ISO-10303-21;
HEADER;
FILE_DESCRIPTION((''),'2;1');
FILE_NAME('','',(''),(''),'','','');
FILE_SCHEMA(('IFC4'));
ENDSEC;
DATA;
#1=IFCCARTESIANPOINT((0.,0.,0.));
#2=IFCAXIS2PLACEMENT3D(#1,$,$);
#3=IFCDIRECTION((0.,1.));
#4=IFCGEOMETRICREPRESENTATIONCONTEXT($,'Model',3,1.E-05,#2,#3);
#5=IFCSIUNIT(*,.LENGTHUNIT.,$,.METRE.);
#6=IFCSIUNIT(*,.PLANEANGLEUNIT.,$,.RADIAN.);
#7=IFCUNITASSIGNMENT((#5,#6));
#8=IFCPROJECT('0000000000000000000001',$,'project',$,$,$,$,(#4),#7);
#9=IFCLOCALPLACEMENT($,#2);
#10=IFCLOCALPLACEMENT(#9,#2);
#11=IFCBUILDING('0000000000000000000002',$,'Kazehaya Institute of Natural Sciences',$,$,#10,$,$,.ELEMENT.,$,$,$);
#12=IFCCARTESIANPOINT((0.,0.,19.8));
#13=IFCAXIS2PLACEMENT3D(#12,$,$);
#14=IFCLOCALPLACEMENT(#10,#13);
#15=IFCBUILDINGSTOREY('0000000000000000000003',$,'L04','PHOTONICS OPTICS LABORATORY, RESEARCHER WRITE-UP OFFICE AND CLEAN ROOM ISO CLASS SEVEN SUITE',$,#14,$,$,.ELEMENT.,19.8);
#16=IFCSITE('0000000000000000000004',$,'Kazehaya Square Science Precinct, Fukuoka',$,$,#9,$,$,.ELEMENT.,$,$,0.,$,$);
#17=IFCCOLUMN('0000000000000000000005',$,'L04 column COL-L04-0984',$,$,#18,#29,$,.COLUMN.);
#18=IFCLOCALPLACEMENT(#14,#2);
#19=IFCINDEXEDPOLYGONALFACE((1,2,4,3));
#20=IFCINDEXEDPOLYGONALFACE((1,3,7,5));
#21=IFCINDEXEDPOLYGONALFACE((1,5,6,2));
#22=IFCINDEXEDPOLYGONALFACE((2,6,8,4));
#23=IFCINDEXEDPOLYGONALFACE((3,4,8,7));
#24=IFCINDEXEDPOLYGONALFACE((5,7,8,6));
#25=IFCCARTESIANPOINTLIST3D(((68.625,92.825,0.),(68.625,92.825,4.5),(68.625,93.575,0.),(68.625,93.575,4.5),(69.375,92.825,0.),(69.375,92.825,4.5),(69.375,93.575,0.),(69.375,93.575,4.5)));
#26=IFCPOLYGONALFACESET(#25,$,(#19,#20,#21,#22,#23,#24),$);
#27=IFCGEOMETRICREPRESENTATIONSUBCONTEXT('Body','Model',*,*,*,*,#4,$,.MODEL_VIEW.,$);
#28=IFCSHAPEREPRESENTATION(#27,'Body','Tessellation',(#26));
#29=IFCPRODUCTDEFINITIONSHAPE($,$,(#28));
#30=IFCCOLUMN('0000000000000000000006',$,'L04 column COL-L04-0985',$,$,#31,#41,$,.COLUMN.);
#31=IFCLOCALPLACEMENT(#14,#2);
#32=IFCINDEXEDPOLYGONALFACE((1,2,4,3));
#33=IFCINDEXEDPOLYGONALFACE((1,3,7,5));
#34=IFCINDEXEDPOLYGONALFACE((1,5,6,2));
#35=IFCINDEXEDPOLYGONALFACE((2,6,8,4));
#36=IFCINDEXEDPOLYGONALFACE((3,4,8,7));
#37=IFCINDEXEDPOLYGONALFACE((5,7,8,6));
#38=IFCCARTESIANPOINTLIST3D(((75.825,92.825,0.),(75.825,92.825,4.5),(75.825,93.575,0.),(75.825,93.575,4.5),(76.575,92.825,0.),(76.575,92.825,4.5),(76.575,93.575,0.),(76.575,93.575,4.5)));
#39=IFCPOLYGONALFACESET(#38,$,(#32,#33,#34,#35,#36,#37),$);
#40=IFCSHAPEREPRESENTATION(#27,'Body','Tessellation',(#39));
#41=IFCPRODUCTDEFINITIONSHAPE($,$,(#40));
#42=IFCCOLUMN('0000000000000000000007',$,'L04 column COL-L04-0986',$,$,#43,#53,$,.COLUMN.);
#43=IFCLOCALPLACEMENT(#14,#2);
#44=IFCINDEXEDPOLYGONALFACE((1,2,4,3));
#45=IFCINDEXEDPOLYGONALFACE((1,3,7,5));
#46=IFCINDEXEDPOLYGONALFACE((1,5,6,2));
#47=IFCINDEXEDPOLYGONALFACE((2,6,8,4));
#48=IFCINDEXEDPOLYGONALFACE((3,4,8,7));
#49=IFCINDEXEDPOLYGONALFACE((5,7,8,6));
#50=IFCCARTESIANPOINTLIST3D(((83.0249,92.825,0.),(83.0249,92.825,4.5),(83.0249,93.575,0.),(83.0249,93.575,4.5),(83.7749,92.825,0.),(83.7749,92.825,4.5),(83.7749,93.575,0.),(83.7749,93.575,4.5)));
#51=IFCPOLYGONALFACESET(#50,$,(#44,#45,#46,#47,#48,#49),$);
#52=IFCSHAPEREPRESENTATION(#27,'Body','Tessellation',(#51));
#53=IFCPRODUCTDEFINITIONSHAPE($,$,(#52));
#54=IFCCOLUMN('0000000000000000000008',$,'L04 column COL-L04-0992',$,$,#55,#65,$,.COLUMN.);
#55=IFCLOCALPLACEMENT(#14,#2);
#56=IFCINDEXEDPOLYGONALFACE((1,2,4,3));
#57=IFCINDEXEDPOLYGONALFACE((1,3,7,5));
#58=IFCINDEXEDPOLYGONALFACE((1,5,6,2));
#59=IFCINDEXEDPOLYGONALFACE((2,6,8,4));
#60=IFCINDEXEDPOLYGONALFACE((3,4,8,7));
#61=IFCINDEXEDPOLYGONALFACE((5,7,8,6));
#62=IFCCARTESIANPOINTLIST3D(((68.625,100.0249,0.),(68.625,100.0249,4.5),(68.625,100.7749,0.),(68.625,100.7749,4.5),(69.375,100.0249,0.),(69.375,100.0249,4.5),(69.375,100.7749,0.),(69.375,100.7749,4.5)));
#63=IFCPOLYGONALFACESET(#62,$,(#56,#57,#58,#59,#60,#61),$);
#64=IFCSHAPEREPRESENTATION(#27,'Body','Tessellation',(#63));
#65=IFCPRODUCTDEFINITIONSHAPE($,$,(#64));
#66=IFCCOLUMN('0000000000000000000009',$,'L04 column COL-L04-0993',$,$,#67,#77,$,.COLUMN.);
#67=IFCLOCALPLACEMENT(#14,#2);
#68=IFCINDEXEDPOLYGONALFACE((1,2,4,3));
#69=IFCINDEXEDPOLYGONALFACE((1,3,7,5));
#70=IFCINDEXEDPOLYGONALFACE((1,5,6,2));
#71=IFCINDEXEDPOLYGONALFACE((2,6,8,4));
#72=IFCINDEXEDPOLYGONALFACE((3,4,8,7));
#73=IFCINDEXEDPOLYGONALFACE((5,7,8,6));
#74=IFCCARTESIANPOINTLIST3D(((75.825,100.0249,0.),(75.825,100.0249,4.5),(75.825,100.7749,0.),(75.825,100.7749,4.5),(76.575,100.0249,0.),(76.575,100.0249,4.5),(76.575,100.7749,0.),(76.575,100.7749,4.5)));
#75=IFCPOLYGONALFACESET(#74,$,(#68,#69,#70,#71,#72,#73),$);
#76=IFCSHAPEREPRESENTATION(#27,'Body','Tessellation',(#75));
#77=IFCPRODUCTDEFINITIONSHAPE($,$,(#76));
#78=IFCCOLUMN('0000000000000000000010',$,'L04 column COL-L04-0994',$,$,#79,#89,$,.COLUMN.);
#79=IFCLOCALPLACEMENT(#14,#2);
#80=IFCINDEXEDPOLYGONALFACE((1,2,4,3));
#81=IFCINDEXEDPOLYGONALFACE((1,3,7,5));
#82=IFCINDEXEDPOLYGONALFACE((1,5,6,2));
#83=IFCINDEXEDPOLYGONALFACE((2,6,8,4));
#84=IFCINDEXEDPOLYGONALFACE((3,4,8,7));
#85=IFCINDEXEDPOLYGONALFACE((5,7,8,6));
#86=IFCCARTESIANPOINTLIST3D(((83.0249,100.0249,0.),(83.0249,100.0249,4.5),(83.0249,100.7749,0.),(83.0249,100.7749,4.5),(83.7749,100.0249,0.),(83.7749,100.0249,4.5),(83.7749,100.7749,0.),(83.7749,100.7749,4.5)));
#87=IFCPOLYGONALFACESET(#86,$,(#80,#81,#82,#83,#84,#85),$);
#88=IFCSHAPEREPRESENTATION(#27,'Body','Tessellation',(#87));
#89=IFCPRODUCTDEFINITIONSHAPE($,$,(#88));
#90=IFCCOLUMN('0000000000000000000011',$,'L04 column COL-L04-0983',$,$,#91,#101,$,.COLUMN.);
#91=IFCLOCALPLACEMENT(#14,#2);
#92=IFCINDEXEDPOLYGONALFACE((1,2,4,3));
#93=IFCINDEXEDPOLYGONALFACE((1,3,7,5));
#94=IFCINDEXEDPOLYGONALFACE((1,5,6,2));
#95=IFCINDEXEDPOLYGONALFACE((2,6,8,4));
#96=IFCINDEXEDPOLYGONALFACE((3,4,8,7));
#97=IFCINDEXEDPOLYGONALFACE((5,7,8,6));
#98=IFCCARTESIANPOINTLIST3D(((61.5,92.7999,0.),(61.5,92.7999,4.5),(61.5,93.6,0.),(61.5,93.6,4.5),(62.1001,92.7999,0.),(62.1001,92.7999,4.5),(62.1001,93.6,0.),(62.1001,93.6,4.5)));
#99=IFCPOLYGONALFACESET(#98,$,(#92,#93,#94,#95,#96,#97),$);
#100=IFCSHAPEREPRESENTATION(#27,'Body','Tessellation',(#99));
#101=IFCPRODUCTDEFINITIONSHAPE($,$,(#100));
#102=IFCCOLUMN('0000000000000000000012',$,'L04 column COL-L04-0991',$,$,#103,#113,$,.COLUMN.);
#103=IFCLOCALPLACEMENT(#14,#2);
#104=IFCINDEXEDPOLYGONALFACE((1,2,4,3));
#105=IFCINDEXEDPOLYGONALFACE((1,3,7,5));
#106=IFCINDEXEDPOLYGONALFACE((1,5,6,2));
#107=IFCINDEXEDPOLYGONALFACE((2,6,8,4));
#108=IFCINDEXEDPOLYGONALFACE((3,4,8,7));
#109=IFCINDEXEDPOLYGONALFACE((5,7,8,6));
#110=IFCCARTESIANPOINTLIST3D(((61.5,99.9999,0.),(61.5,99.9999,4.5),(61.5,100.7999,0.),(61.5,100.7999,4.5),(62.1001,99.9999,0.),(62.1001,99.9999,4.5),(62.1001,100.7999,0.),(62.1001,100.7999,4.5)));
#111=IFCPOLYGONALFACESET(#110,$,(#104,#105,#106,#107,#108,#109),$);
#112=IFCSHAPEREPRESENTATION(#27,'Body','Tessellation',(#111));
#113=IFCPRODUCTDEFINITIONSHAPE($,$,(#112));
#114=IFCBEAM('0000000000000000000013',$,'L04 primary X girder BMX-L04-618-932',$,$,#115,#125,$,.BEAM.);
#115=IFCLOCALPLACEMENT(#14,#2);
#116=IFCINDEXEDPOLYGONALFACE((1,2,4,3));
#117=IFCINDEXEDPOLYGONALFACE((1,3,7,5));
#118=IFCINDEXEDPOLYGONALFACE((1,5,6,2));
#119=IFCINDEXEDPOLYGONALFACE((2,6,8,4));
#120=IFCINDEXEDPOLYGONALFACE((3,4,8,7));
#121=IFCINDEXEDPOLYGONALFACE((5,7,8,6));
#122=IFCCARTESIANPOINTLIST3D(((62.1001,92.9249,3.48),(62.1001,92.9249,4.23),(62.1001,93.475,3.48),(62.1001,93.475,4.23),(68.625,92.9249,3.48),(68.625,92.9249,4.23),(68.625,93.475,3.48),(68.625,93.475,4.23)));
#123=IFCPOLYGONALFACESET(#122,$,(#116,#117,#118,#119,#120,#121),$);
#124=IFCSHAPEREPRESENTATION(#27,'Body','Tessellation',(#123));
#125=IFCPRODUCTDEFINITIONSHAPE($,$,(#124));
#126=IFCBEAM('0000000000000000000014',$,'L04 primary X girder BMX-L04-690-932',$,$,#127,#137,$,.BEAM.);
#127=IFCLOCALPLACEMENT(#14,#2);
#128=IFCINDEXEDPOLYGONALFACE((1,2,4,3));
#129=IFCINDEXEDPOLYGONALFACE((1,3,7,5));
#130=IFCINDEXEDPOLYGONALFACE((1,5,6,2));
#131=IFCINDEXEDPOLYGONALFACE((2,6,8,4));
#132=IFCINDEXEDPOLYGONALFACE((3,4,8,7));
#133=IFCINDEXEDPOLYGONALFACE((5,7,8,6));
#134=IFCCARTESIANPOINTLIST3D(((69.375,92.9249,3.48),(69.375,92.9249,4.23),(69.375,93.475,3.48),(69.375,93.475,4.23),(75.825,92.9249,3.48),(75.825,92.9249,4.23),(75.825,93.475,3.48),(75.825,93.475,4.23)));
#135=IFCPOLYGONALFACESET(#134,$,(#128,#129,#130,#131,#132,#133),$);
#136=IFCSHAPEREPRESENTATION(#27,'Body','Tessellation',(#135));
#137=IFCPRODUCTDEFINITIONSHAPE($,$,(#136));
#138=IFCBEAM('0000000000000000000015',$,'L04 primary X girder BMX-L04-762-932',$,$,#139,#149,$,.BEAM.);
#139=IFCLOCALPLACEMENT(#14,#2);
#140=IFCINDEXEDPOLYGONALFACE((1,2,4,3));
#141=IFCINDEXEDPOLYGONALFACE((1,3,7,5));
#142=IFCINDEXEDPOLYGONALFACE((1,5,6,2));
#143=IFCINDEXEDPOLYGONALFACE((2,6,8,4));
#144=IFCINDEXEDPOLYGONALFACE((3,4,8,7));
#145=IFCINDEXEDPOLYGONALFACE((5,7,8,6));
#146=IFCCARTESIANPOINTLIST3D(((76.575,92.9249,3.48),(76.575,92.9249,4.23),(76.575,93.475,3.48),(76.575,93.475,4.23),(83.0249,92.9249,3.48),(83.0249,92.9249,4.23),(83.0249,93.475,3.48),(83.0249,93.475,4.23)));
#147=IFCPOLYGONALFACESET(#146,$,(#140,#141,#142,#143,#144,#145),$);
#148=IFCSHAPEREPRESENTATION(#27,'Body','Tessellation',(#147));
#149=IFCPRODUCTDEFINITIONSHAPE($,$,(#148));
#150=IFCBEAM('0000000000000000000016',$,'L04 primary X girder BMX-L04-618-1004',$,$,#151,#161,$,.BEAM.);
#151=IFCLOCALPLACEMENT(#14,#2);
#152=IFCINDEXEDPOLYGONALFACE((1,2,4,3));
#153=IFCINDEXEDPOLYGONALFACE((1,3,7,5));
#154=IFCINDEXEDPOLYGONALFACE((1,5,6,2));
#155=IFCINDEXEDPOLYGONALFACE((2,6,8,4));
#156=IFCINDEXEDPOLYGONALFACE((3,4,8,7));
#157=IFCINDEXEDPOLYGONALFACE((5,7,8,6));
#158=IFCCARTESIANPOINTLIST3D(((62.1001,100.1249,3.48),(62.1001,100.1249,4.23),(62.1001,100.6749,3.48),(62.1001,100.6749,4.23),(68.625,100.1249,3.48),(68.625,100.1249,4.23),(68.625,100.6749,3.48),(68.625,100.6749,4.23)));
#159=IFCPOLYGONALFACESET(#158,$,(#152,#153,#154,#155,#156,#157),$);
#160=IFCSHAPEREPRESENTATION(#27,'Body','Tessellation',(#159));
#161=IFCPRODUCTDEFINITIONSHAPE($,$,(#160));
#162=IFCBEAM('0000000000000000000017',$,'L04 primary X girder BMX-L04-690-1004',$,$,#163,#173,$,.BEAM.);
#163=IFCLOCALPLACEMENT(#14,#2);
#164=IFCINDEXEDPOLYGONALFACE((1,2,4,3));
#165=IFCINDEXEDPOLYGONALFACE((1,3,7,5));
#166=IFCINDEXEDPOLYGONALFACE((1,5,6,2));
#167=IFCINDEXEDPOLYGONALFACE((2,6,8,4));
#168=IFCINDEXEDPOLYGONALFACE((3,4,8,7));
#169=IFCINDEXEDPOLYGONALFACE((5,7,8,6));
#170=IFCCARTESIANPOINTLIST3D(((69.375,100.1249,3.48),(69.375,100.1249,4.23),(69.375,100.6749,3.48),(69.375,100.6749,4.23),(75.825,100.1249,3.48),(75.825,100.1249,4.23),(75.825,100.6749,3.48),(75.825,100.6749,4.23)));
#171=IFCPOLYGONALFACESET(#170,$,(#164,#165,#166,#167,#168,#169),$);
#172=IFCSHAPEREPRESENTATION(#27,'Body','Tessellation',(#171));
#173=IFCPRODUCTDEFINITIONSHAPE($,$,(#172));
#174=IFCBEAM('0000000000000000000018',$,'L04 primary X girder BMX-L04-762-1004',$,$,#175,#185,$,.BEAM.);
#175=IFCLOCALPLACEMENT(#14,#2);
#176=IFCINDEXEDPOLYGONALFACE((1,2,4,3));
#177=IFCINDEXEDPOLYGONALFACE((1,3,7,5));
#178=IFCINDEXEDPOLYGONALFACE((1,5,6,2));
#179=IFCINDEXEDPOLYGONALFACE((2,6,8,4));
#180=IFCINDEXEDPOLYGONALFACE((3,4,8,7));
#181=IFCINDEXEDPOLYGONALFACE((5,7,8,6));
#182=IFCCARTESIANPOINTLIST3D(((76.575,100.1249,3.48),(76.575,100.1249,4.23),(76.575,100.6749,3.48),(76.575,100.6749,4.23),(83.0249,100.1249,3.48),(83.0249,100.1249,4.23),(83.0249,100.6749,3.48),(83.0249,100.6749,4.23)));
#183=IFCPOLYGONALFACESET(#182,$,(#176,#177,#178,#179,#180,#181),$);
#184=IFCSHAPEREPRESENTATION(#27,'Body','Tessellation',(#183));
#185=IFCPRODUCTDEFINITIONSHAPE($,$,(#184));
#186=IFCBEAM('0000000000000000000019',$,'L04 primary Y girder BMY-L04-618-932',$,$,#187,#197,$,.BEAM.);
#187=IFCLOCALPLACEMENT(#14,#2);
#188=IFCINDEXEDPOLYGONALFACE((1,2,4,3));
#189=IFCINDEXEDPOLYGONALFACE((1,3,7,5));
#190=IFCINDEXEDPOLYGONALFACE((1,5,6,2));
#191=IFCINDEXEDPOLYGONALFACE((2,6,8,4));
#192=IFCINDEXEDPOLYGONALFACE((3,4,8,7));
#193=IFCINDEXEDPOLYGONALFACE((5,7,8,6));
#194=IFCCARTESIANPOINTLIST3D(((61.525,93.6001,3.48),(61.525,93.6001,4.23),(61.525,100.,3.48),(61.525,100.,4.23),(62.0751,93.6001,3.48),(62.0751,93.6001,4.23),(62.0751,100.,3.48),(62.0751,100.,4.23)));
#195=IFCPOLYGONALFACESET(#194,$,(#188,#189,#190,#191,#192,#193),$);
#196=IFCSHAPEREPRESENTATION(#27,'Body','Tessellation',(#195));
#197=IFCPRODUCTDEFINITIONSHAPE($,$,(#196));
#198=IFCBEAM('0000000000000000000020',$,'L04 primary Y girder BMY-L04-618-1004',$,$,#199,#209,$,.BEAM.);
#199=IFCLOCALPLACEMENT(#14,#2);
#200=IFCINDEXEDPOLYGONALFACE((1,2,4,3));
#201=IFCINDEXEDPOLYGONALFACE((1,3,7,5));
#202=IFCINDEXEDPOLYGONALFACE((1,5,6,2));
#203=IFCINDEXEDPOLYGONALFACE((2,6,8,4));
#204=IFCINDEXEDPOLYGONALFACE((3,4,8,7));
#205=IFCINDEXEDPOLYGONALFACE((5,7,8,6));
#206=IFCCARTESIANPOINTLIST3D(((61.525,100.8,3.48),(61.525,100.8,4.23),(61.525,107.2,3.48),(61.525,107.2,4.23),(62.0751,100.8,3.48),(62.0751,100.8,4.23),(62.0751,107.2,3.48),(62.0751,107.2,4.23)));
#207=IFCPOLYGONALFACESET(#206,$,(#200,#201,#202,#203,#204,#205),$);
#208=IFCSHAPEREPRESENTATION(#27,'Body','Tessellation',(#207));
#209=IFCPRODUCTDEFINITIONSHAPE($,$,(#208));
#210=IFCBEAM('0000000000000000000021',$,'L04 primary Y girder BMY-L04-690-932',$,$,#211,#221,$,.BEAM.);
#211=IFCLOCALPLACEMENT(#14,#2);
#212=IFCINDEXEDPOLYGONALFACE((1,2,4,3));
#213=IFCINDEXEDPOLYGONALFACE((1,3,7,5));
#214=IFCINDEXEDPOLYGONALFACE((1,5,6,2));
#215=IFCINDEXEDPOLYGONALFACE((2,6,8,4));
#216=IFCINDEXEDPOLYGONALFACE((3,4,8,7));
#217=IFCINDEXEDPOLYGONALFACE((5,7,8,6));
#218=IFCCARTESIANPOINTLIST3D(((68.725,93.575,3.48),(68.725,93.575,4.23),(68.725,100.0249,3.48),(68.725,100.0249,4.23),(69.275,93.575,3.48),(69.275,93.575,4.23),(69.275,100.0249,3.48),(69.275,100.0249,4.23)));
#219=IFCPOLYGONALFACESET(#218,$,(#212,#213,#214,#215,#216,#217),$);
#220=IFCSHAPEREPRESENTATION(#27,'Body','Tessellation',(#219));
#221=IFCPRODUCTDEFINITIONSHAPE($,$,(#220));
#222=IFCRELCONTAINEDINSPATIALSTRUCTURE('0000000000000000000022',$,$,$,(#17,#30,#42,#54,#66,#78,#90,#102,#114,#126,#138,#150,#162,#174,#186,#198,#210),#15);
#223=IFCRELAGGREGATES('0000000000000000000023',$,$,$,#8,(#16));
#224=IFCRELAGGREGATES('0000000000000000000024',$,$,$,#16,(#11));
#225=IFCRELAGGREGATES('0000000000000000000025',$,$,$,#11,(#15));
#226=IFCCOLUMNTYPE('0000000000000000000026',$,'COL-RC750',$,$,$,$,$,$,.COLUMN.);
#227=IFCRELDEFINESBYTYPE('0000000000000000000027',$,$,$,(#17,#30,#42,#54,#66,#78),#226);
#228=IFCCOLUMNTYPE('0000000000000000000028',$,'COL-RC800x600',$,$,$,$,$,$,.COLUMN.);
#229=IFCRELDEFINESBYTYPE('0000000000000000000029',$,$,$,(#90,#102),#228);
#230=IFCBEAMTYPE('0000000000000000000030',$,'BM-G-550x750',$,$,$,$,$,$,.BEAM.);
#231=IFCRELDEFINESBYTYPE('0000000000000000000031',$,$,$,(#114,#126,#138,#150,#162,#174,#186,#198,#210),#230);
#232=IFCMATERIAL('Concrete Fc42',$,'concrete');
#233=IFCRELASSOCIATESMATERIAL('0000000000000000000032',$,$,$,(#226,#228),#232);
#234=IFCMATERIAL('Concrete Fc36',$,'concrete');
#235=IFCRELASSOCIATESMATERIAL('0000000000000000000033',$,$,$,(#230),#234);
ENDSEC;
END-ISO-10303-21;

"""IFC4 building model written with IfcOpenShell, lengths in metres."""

from ifc_helpers import new_model, si_unit, direction, frame, origin, origin_2d, place, context, subcontext, project, spatial, rectangle, extrude, material, material_profile, profile_set, type_object, element, save


model = new_model("IFC4")

# Units and contexts
model_context = context("Model", 3, precision=1e-05, world=origin(), true_north=direction((0.0, 1.0)))
body_context = subcontext(model_context, "Body", "Model", "MODEL_VIEW")
ifc_project = project(units=[si_unit("LENGTHUNIT", "METRE"), si_unit("PLANEANGLEUNIT", "RADIAN")], contexts=[model_context])

# Site, building, storey
site_placement = place(None, origin())
site = spatial("IfcSite", under=ifc_project, at=site_placement, Name="Kazehaya Square Science Precinct, Fukuoka", CompositionType="ELEMENT", RefElevation=0.0)
building_placement = place(site_placement, origin())
building = spatial("IfcBuilding", under=site, at=building_placement, Name="Kazehaya Institute of Natural Sciences", CompositionType="ELEMENT")
storey_placement = place(building_placement, frame((0.0, 0.0, 19.8)))
storey = spatial("IfcBuildingStorey", under=building, at=storey_placement, Name="L04", Description="PHOTONICS OPTICS LABORATORY, RESEARCHER WRITE-UP OFFICE AND CLEAN ROOM ISO CLASS SEVEN SUITE", CompositionType="ELEMENT", Elevation=19.8)

# Columns
ifc_material_1 = material(Name="Concrete Fc42", Category="concrete")
ifc_material_profile_1 = material_profile(ifc_material_1, rectangle(XDim=0.75, YDim=0.75, at=origin_2d()), Name="RC-750x750")
ifc_profile_set_1 = profile_set([ifc_material_profile_1], Name="Concrete Fc42")
column_type_1 = type_object("IfcColumnType", Name="COL-RC750", PredefinedType="COLUMN", material=ifc_profile_set_1)
for number, where, z_axis, x_axis, name in (
    (1, (69.0, 93.2, 0.0), (0.0, 0.0, 1.0), (1.0, 0.0, 0.0), "L04 column COL-L04-0984"),
    (2, (76.2, 93.2, 0.0), (0.0, 0.0, 1.0), (1.0, 0.0, 0.0), "L04 column COL-L04-0985"),
    (3, (83.3999, 93.2, 0.0), (0.0, 0.0, 1.0), (1.0, 0.0, 0.0), "L04 column COL-L04-0986"),
    (4, (69.0, 100.3999, 0.0), (0.0, 0.0, 1.0), (1.0, 0.0, 0.0), "L04 column COL-L04-0992"),
    (5, (76.2, 100.3999, 0.0), (0.0, 0.0, 1.0), (1.0, 0.0, 0.0), "L04 column COL-L04-0993"),
    (6, (83.3999, 100.3999, 0.0), (0.0, 0.0, 1.0), (1.0, 0.0, 0.0), "L04 column COL-L04-0994"),
):
    element("IfcColumn", number, at=place(storey_placement, frame(where, z_axis=z_axis, x_axis=x_axis)), inside=storey, type_object=column_type_1, Name=name, PredefinedType="COLUMN", context=body_context, shape_type="SweptSolid", body=[
        extrude(rectangle(XDim=0.75, YDim=0.75, at=origin_2d()), origin(), (0.0, 0.0, 1.0), 4.5),
    ])
ifc_material_profile_2 = material_profile(ifc_material_1, rectangle(XDim=0.6001, YDim=0.8, at=origin_2d()), Name="RC-800x600")
ifc_profile_set_2 = profile_set([ifc_material_profile_2], Name="Concrete Fc42")
column_type_2 = type_object("IfcColumnType", Name="COL-RC800x600", PredefinedType="COLUMN", material=ifc_profile_set_2)
for number, where, z_axis, x_axis, name in (
    (7, (61.8, 93.2, 0.0), (0.0, 0.0, 1.0), (1.0, 0.0, 0.0), "L04 column COL-L04-0983"),
    (8, (61.8, 100.3999, 0.0), (0.0, 0.0, 1.0), (1.0, 0.0, 0.0), "L04 column COL-L04-0991"),
):
    element("IfcColumn", number, at=place(storey_placement, frame(where, z_axis=z_axis, x_axis=x_axis)), inside=storey, type_object=column_type_2, Name=name, PredefinedType="COLUMN", context=body_context, shape_type="SweptSolid", body=[
        extrude(rectangle(XDim=0.6001, YDim=0.8, at=origin_2d()), origin(), (0.0, 0.0, 1.0), 4.5),
    ])

# Beams
ifc_material_2 = material(Name="Concrete Fc36", Category="concrete")
ifc_material_profile_3 = material_profile(ifc_material_2, rectangle(XDim=0.55, YDim=0.75, at=origin_2d()), Name="RC-550x750")
ifc_profile_set_3 = profile_set([ifc_material_profile_3], Name="Concrete Fc36")
beam_type = type_object("IfcBeamType", Name="BM-G-550x750", PredefinedType="BEAM", material=ifc_profile_set_3)
beam_1_placement = place(storey_placement, frame((62.1001, 93.2, 3.855), z_axis=(1.0, 0.0, 0.0), x_axis=(0.0, 1.0, 0.0)))
element("IfcBeam", 9, at=beam_1_placement, inside=storey, type_object=beam_type, Name="L04 primary X girder BMX-L04-618-932", PredefinedType="BEAM", context=body_context, shape_type="SweptSolid", body=[
    extrude(rectangle(XDim=0.55, YDim=0.75, at=origin_2d()), origin(), (0.0, 0.0, 1.0), 6.5249),
])
for number, where, z_axis, x_axis, name in (
    (10, (69.375, 93.2, 3.855), (1.0, 0.0, 0.0), (0.0, 1.0, 0.0), "L04 primary X girder BMX-L04-690-932"),
    (11, (76.575, 93.2, 3.855), (1.0, 0.0, 0.0), (0.0, 1.0, 0.0), "L04 primary X girder BMX-L04-762-932"),
):
    element("IfcBeam", number, at=place(storey_placement, frame(where, z_axis=z_axis, x_axis=x_axis)), inside=storey, type_object=beam_type, Name=name, PredefinedType="BEAM", context=body_context, shape_type="SweptSolid", body=[
        extrude(rectangle(XDim=0.55, YDim=0.75, at=origin_2d()), origin(), (0.0, 0.0, 1.0), 6.45),
    ])
beam_2_placement = place(storey_placement, frame((62.1001, 100.3999, 3.855), z_axis=(1.0, 0.0, 0.0), x_axis=(0.0, 1.0, 0.0)))
element("IfcBeam", 12, at=beam_2_placement, inside=storey, type_object=beam_type, Name="L04 primary X girder BMX-L04-618-1004", PredefinedType="BEAM", context=body_context, shape_type="SweptSolid", body=[
    extrude(rectangle(XDim=0.55, YDim=0.75, at=origin_2d()), origin(), (0.0, 0.0, 1.0), 6.5249),
])
for number, where, z_axis, x_axis, name in (
    (13, (69.375, 100.3999, 3.855), (1.0, 0.0, 0.0), (0.0, 1.0, 0.0), "L04 primary X girder BMX-L04-690-1004"),
    (14, (76.575, 100.3999, 3.855), (1.0, 0.0, 0.0), (0.0, 1.0, 0.0), "L04 primary X girder BMX-L04-762-1004"),
):
    element("IfcBeam", number, at=place(storey_placement, frame(where, z_axis=z_axis, x_axis=x_axis)), inside=storey, type_object=beam_type, Name=name, PredefinedType="BEAM", context=body_context, shape_type="SweptSolid", body=[
        extrude(rectangle(XDim=0.55, YDim=0.75, at=origin_2d()), origin(), (0.0, 0.0, 1.0), 6.45),
    ])
for number, where, z_axis, x_axis, name in (
    (15, (61.8, 93.6001, 3.855), (0.0, 1.0, 0.0), (-1.0, 0.0, 0.0), "L04 primary Y girder BMY-L04-618-932"),
    (16, (61.8, 100.8, 3.855), (0.0, 1.0, 0.0), (-1.0, 0.0, 0.0), "L04 primary Y girder BMY-L04-618-1004"),
):
    element("IfcBeam", number, at=place(storey_placement, frame(where, z_axis=z_axis, x_axis=x_axis)), inside=storey, type_object=beam_type, Name=name, PredefinedType="BEAM", context=body_context, shape_type="SweptSolid", body=[
        extrude(rectangle(XDim=0.55, YDim=0.75, at=origin_2d()), origin(), (0.0, 0.0, 1.0), 6.3999),
    ])
beam_3_placement = place(storey_placement, frame((69.0, 93.575, 3.855), z_axis=(0.0, 1.0, 0.0), x_axis=(-1.0, 0.0, 0.0)))
element("IfcBeam", 17, at=beam_3_placement, inside=storey, type_object=beam_type, Name="L04 primary Y girder BMY-L04-690-932", PredefinedType="BEAM", context=body_context, shape_type="SweptSolid", body=[
    extrude(rectangle(XDim=0.55, YDim=0.75, at=origin_2d()), origin(), (0.0, 0.0, 1.0), 6.45),
])

save(model, "model.ifc")
